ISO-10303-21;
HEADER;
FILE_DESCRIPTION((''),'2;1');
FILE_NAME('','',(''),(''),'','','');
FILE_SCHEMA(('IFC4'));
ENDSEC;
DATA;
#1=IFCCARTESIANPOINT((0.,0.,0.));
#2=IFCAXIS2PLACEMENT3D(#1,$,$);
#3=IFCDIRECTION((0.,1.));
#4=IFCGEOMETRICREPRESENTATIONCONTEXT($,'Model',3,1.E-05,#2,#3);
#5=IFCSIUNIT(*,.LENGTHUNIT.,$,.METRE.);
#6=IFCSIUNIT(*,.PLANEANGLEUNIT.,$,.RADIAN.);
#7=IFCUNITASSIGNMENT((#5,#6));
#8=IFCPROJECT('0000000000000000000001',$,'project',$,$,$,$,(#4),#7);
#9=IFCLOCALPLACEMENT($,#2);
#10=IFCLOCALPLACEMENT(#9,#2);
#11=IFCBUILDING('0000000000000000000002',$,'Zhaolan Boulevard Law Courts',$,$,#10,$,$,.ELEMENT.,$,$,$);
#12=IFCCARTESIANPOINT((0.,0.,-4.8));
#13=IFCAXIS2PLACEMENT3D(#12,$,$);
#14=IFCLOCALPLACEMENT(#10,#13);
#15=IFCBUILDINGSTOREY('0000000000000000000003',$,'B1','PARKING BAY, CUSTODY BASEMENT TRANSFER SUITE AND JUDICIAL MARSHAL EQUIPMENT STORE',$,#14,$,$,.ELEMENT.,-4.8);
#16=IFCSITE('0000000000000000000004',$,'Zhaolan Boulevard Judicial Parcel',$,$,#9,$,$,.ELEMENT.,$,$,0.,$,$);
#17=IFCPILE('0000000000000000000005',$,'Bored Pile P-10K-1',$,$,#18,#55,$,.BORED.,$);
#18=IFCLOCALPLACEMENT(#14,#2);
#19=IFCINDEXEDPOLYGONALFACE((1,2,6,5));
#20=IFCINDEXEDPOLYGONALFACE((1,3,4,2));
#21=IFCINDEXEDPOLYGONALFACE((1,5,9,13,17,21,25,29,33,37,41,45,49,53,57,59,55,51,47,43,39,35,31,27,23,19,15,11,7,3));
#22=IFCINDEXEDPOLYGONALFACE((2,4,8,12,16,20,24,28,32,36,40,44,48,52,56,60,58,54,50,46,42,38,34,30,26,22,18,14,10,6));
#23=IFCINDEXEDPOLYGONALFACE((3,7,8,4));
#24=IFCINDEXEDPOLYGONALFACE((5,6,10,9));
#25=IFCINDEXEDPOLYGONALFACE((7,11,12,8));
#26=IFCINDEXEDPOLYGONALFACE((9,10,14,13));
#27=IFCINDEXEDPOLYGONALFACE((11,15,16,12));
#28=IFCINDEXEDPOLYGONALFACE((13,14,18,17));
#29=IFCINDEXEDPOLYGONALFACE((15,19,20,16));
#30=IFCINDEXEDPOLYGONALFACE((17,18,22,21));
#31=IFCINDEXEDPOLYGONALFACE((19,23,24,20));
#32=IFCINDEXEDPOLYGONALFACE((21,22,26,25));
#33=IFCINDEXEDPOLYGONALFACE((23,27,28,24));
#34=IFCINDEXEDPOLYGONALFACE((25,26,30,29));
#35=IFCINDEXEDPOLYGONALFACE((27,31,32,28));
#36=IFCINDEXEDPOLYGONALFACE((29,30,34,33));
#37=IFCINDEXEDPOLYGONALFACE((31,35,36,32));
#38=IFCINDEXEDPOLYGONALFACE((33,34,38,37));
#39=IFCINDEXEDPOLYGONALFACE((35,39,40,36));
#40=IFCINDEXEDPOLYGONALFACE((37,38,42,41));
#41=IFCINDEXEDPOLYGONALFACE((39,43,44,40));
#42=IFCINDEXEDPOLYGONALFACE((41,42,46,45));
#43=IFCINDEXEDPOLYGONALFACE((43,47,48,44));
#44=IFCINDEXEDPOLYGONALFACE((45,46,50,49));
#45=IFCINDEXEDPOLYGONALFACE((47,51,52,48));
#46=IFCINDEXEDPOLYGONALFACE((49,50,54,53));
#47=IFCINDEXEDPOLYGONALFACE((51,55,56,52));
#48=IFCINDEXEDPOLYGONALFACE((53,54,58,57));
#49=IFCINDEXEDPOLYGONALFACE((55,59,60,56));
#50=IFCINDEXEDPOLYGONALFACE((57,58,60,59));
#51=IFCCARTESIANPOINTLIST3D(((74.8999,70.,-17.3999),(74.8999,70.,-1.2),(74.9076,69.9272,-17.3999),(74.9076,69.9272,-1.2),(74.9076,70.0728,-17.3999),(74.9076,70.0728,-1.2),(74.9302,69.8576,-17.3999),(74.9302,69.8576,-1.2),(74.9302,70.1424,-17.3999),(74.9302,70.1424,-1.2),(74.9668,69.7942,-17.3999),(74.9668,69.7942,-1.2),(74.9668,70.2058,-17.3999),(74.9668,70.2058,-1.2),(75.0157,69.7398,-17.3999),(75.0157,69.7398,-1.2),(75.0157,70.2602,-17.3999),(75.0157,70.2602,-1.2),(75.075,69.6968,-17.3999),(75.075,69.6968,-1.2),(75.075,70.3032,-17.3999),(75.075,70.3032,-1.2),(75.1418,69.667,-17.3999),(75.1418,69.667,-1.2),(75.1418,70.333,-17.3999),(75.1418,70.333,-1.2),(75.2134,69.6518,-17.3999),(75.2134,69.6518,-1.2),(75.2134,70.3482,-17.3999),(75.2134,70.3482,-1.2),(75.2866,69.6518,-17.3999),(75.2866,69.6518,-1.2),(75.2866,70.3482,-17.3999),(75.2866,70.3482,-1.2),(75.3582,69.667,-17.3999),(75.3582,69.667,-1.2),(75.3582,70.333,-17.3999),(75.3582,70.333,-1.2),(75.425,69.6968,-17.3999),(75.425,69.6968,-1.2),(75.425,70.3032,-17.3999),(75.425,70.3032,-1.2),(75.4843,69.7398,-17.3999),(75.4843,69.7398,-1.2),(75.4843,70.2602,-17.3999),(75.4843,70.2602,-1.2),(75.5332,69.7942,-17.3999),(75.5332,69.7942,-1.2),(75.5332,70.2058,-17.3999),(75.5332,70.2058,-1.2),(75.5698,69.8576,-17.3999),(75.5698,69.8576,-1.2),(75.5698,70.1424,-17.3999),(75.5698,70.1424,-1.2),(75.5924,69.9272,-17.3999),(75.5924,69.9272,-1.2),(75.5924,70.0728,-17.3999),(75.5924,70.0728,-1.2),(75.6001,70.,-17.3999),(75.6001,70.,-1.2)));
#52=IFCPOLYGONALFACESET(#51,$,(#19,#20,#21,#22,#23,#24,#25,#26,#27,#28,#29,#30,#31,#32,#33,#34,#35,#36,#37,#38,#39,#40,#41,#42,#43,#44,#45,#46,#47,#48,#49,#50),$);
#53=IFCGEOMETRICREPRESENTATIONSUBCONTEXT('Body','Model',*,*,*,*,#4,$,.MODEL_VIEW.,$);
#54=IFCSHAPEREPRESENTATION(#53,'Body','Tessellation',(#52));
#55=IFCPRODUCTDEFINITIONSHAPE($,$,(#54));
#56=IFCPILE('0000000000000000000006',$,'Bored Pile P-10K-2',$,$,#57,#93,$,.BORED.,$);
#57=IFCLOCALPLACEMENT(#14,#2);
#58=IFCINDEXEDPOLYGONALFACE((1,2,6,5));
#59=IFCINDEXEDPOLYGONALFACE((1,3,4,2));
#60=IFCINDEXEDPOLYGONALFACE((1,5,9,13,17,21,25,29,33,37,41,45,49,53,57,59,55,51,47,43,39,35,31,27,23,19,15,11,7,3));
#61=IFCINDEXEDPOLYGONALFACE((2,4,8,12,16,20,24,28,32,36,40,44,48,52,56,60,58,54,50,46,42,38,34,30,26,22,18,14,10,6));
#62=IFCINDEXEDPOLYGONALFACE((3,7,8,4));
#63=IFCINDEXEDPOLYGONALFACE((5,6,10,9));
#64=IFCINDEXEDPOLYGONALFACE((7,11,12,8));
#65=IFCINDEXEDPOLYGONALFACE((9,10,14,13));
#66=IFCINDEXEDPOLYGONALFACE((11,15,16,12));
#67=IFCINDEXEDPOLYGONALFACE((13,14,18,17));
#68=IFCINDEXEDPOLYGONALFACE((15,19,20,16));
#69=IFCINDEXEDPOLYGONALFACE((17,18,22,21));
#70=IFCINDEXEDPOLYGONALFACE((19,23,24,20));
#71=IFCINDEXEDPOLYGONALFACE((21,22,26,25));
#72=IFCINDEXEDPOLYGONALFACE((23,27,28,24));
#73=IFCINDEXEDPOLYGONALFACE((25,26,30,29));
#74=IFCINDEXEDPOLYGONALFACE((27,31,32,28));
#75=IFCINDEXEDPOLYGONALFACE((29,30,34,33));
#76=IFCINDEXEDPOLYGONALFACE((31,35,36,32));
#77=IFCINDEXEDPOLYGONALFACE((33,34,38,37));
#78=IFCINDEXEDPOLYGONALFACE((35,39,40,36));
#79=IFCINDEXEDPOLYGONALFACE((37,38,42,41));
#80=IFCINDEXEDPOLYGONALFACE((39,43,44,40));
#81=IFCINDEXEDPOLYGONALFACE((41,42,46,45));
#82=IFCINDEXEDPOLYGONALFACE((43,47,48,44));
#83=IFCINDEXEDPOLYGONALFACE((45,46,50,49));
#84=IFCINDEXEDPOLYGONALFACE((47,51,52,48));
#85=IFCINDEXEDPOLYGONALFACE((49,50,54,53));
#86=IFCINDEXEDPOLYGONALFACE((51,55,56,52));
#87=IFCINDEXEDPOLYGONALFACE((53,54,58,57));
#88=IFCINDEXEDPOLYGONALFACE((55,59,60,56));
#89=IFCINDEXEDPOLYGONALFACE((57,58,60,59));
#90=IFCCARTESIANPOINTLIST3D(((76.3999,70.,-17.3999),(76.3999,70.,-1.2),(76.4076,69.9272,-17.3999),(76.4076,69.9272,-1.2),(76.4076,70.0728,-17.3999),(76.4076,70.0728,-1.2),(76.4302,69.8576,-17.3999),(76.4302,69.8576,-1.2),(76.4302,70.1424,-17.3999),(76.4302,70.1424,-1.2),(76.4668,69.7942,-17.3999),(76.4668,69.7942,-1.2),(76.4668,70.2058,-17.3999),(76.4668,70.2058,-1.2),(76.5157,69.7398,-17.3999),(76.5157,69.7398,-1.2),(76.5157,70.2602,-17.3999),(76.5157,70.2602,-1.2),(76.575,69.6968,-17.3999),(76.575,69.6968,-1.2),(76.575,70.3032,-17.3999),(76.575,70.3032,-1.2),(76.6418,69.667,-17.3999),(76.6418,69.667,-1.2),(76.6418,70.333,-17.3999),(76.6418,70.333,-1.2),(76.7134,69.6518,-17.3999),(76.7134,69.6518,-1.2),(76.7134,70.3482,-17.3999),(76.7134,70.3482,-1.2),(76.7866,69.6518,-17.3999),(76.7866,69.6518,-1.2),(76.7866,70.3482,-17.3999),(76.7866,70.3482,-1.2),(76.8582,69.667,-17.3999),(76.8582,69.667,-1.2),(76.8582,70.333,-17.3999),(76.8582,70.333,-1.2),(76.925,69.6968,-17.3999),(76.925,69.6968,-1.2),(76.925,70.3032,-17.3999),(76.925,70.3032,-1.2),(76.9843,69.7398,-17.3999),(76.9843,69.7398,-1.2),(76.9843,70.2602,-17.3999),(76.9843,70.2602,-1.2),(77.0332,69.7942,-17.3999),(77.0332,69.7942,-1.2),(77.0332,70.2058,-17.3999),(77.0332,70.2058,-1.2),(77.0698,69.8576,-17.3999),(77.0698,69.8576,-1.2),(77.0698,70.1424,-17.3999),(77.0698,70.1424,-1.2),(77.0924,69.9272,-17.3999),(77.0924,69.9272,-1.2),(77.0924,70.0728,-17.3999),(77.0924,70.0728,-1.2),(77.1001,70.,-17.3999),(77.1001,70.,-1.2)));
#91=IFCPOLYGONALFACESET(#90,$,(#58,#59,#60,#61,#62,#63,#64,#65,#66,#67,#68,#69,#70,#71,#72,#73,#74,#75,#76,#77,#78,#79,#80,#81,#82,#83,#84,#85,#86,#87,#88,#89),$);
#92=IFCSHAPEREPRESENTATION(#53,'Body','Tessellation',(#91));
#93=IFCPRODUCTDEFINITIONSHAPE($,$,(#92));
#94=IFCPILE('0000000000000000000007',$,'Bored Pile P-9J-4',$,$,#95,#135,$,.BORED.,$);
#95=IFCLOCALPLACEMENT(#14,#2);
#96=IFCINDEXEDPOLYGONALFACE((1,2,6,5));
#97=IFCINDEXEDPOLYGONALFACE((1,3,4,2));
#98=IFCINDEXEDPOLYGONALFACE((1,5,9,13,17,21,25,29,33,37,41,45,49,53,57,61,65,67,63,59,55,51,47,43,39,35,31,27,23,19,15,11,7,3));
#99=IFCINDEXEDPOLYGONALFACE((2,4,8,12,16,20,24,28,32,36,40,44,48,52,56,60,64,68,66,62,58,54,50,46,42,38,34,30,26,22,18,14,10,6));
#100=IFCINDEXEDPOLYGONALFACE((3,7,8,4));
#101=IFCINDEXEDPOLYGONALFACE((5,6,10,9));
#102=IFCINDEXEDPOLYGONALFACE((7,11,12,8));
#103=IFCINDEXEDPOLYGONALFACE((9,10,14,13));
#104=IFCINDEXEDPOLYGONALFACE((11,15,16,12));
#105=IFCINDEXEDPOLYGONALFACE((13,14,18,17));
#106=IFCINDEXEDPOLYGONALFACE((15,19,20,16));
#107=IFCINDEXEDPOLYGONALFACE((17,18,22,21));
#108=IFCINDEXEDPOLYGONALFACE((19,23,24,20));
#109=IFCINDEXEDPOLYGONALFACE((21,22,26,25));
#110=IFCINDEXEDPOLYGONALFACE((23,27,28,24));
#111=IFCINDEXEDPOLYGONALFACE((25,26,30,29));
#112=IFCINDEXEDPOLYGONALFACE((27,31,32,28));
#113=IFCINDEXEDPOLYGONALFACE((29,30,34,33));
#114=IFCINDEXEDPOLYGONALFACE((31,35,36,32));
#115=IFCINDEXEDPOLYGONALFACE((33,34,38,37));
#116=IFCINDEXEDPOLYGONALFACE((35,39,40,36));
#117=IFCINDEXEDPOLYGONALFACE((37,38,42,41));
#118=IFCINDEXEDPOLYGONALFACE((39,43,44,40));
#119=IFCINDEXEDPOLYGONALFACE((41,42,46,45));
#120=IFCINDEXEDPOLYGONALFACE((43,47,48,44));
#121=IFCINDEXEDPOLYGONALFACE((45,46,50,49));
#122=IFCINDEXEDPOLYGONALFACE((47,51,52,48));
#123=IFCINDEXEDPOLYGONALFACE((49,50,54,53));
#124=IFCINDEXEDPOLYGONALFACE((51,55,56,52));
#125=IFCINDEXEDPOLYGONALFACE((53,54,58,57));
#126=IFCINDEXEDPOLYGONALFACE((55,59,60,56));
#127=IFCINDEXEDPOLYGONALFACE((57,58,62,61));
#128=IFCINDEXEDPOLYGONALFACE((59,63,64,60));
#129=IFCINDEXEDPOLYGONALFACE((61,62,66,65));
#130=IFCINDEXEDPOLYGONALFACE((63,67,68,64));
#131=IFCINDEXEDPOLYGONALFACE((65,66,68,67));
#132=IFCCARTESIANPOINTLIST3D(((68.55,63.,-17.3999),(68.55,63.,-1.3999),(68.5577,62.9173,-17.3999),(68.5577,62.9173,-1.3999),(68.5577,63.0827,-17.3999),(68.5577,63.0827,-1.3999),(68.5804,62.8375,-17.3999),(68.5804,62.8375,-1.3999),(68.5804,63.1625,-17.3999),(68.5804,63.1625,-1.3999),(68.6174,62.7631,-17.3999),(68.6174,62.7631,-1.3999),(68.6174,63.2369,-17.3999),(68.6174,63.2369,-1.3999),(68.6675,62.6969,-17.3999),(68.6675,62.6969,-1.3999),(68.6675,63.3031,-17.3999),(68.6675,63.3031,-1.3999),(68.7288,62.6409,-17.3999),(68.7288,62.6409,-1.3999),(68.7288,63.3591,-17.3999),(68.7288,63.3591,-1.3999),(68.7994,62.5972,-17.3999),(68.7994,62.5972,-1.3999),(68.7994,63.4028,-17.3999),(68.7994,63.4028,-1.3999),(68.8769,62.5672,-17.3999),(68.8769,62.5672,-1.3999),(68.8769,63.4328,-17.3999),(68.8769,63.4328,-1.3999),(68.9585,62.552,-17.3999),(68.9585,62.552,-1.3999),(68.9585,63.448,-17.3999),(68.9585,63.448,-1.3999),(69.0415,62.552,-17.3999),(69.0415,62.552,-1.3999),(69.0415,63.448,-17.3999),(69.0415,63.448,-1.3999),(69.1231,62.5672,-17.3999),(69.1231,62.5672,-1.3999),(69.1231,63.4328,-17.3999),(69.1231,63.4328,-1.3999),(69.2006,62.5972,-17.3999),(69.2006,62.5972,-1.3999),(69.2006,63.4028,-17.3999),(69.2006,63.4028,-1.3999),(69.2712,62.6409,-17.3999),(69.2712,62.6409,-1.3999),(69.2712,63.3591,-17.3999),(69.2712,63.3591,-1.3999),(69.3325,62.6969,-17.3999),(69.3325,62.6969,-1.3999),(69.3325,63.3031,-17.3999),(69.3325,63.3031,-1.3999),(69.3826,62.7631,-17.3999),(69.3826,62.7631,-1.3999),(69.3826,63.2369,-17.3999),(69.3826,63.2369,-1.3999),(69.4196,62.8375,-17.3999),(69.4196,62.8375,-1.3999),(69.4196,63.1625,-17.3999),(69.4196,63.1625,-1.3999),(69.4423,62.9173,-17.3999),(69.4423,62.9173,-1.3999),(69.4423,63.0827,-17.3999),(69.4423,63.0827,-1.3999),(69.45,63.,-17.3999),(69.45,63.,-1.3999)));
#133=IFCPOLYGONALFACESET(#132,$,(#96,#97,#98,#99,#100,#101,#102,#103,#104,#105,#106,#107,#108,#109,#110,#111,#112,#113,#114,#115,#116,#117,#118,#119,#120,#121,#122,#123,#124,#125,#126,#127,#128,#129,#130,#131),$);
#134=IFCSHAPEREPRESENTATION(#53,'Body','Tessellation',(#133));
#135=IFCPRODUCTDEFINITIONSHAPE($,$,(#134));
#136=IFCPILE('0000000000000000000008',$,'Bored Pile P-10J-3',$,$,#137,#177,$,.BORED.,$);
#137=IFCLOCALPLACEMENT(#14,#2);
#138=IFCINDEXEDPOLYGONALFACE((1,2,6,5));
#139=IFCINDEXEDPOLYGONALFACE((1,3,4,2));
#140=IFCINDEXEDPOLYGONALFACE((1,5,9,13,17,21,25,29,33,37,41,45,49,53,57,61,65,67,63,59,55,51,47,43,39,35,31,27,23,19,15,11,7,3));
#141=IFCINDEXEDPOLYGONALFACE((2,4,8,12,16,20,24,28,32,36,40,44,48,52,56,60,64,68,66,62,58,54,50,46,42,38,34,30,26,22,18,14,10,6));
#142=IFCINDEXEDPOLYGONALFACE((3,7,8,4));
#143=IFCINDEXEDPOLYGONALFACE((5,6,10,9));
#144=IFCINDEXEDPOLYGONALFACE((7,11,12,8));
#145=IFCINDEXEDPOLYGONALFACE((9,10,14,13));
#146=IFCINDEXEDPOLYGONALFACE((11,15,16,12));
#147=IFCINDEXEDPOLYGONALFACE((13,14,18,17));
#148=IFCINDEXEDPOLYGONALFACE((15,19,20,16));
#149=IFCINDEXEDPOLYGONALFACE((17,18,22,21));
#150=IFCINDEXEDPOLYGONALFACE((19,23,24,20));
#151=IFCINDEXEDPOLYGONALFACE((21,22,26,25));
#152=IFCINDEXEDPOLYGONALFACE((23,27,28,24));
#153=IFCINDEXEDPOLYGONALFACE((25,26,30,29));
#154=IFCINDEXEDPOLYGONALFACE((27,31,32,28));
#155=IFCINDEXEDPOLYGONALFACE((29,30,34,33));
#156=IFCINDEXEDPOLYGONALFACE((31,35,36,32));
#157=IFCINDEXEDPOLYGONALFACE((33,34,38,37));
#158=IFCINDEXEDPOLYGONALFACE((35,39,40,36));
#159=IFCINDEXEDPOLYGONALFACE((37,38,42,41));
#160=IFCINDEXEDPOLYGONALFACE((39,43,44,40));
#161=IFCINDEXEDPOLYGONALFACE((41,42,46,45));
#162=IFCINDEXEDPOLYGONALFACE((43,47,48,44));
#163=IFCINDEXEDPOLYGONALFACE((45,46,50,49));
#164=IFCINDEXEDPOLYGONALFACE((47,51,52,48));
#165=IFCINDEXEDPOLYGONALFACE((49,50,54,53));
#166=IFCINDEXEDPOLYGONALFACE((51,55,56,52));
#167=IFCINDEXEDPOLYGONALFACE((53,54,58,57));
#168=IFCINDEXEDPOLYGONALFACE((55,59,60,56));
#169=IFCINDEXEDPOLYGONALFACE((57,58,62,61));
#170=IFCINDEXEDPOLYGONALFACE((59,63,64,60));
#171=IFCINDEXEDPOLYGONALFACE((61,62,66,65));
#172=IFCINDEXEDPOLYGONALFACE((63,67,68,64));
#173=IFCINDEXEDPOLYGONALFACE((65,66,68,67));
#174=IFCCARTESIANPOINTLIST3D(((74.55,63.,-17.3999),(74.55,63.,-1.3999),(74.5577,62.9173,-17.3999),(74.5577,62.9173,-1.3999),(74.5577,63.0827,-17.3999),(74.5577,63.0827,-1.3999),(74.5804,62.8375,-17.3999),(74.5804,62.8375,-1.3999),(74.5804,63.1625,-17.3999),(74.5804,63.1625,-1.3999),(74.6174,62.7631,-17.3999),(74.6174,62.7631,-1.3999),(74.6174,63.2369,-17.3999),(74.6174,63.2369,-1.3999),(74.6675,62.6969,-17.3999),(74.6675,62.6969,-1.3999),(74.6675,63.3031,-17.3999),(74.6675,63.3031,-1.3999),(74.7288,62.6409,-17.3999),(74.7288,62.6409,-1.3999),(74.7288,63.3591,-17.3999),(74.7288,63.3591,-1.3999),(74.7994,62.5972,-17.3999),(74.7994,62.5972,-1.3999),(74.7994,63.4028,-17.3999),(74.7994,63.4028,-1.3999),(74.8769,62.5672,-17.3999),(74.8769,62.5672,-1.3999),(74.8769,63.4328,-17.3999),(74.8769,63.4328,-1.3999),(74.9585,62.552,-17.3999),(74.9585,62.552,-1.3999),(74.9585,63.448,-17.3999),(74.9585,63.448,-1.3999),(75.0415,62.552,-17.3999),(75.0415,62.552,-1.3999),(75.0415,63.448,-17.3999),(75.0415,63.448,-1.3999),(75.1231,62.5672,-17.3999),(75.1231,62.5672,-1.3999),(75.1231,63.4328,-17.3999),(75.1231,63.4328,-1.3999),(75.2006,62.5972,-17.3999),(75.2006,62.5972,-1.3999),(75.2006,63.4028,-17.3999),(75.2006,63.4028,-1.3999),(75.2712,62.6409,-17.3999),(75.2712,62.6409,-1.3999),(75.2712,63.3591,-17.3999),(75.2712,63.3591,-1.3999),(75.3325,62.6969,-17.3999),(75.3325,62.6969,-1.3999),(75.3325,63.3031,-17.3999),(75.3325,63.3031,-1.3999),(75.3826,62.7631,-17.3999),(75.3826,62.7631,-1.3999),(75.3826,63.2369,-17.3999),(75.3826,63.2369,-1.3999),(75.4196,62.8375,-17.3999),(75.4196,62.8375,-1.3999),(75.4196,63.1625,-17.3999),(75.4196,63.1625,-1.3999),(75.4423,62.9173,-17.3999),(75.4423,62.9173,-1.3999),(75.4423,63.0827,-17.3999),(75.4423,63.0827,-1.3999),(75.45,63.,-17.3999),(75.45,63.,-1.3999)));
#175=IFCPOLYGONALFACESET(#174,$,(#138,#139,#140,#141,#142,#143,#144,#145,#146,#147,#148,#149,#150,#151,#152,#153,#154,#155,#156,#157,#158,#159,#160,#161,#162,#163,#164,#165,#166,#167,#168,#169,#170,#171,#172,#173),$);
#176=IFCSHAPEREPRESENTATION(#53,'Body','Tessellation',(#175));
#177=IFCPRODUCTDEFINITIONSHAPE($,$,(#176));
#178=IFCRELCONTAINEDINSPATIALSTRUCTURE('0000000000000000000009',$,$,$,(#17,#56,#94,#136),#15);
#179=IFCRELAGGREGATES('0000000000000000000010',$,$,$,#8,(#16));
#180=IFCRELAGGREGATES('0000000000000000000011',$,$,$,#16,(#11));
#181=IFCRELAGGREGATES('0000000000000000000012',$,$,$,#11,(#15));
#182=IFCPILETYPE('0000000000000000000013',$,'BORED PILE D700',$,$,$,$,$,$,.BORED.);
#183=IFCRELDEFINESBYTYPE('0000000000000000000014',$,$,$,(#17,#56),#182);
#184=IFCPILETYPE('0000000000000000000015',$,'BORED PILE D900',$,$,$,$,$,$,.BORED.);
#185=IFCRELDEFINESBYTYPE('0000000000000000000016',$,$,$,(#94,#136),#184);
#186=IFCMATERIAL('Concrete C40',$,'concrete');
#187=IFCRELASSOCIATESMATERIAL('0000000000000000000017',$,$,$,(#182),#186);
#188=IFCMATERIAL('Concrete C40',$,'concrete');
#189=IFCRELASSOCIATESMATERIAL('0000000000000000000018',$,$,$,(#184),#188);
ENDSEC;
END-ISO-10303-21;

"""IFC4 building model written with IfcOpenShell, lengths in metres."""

from ifc_helpers import new_model, si_unit, direction, frame, origin, origin_2d, place, context, subcontext, project, spatial, circle, extrude, material, material_profile, profile_set, type_object, element, save


model = new_model("IFC4")

# Units and contexts
model_context = context("Model", 3, precision=1e-05, world=origin(), true_north=direction((0.0, 1.0)))
body_context = subcontext(model_context, "Body", "Model", "MODEL_VIEW")
ifc_project = project(units=[si_unit("LENGTHUNIT", "METRE"), si_unit("PLANEANGLEUNIT", "RADIAN")], contexts=[model_context])

# Site, building, storey
site_placement = place(None, origin())
site = spatial("IfcSite", under=ifc_project, at=site_placement, Name="Zhaolan Boulevard Judicial Parcel", CompositionType="ELEMENT", RefElevation=0.0)
building_placement = place(site_placement, origin())
building = spatial("IfcBuilding", under=site, at=building_placement, Name="Zhaolan Boulevard Law Courts", CompositionType="ELEMENT")
storey_placement = place(building_placement, frame((0.0, 0.0, -4.8)))
storey = spatial("IfcBuildingStorey", under=building, at=storey_placement, Name="B1", Description="PARKING BAY, CUSTODY BASEMENT TRANSFER SUITE AND JUDICIAL MARSHAL EQUIPMENT STORE", CompositionType="ELEMENT", Elevation=-4.8)

# Piles
ifc_material_1 = material(Name="Concrete C40", Category="concrete")
ifc_material_profile_1 = material_profile(ifc_material_1, circle(Radius=0.3501, at=origin_2d()), Name="PILE-D700")
ifc_profile_set_1 = profile_set([ifc_material_profile_1], Name="Concrete C40")
pile_type_1 = type_object("IfcPileType", Name="BORED PILE D700", PredefinedType="BORED", material=ifc_profile_set_1)
for number, where, z_axis, x_axis, name in (
    (1, (75.25, 70.0, -1.2), (0.0, 0.0, -1.0), (1.0, 0.0, 0.0), "Bored Pile P-10K-1"),
    (2, (76.75, 70.0, -1.2), (0.0, 0.0, -1.0), (1.0, 0.0, 0.0), "Bored Pile P-10K-2"),
):
    element("IfcPile", number, at=place(storey_placement, frame(where, z_axis=z_axis, x_axis=x_axis)), inside=storey, type_object=pile_type_1, Name=name, PredefinedType="BORED", context=body_context, shape_type="SweptSolid", body=[
        extrude(circle(Radius=0.3501, at=origin_2d()), origin(), (0.0, 0.0, 1.0), 16.2),
    ])
ifc_material_2 = material(Name="Concrete C40", Category="concrete")
ifc_material_profile_2 = material_profile(ifc_material_2, circle(Radius=0.45, at=origin_2d()), Name="PILE-D900")
ifc_profile_set_2 = profile_set([ifc_material_profile_2], Name="Concrete C40")
pile_type_2 = type_object("IfcPileType", Name="BORED PILE D900", PredefinedType="BORED", material=ifc_profile_set_2)
for number, where, z_axis, x_axis, name in (
    (3, (69.0, 63.0, -1.3999), (0.0, 0.0, -1.0), (1.0, 0.0, 0.0), "Bored Pile P-9J-4"),
    (4, (75.0, 63.0, -1.3999), (0.0, 0.0, -1.0), (1.0, 0.0, 0.0), "Bored Pile P-10J-3"),
):
    element("IfcPile", number, at=place(storey_placement, frame(where, z_axis=z_axis, x_axis=x_axis)), inside=storey, type_object=pile_type_2, Name=name, PredefinedType="BORED", context=body_context, shape_type="SweptSolid", body=[
        extrude(circle(Radius=0.45, at=origin_2d()), origin(), (0.0, 0.0, 1.0), 16.0),
    ])

save(model, "model.ifc")
